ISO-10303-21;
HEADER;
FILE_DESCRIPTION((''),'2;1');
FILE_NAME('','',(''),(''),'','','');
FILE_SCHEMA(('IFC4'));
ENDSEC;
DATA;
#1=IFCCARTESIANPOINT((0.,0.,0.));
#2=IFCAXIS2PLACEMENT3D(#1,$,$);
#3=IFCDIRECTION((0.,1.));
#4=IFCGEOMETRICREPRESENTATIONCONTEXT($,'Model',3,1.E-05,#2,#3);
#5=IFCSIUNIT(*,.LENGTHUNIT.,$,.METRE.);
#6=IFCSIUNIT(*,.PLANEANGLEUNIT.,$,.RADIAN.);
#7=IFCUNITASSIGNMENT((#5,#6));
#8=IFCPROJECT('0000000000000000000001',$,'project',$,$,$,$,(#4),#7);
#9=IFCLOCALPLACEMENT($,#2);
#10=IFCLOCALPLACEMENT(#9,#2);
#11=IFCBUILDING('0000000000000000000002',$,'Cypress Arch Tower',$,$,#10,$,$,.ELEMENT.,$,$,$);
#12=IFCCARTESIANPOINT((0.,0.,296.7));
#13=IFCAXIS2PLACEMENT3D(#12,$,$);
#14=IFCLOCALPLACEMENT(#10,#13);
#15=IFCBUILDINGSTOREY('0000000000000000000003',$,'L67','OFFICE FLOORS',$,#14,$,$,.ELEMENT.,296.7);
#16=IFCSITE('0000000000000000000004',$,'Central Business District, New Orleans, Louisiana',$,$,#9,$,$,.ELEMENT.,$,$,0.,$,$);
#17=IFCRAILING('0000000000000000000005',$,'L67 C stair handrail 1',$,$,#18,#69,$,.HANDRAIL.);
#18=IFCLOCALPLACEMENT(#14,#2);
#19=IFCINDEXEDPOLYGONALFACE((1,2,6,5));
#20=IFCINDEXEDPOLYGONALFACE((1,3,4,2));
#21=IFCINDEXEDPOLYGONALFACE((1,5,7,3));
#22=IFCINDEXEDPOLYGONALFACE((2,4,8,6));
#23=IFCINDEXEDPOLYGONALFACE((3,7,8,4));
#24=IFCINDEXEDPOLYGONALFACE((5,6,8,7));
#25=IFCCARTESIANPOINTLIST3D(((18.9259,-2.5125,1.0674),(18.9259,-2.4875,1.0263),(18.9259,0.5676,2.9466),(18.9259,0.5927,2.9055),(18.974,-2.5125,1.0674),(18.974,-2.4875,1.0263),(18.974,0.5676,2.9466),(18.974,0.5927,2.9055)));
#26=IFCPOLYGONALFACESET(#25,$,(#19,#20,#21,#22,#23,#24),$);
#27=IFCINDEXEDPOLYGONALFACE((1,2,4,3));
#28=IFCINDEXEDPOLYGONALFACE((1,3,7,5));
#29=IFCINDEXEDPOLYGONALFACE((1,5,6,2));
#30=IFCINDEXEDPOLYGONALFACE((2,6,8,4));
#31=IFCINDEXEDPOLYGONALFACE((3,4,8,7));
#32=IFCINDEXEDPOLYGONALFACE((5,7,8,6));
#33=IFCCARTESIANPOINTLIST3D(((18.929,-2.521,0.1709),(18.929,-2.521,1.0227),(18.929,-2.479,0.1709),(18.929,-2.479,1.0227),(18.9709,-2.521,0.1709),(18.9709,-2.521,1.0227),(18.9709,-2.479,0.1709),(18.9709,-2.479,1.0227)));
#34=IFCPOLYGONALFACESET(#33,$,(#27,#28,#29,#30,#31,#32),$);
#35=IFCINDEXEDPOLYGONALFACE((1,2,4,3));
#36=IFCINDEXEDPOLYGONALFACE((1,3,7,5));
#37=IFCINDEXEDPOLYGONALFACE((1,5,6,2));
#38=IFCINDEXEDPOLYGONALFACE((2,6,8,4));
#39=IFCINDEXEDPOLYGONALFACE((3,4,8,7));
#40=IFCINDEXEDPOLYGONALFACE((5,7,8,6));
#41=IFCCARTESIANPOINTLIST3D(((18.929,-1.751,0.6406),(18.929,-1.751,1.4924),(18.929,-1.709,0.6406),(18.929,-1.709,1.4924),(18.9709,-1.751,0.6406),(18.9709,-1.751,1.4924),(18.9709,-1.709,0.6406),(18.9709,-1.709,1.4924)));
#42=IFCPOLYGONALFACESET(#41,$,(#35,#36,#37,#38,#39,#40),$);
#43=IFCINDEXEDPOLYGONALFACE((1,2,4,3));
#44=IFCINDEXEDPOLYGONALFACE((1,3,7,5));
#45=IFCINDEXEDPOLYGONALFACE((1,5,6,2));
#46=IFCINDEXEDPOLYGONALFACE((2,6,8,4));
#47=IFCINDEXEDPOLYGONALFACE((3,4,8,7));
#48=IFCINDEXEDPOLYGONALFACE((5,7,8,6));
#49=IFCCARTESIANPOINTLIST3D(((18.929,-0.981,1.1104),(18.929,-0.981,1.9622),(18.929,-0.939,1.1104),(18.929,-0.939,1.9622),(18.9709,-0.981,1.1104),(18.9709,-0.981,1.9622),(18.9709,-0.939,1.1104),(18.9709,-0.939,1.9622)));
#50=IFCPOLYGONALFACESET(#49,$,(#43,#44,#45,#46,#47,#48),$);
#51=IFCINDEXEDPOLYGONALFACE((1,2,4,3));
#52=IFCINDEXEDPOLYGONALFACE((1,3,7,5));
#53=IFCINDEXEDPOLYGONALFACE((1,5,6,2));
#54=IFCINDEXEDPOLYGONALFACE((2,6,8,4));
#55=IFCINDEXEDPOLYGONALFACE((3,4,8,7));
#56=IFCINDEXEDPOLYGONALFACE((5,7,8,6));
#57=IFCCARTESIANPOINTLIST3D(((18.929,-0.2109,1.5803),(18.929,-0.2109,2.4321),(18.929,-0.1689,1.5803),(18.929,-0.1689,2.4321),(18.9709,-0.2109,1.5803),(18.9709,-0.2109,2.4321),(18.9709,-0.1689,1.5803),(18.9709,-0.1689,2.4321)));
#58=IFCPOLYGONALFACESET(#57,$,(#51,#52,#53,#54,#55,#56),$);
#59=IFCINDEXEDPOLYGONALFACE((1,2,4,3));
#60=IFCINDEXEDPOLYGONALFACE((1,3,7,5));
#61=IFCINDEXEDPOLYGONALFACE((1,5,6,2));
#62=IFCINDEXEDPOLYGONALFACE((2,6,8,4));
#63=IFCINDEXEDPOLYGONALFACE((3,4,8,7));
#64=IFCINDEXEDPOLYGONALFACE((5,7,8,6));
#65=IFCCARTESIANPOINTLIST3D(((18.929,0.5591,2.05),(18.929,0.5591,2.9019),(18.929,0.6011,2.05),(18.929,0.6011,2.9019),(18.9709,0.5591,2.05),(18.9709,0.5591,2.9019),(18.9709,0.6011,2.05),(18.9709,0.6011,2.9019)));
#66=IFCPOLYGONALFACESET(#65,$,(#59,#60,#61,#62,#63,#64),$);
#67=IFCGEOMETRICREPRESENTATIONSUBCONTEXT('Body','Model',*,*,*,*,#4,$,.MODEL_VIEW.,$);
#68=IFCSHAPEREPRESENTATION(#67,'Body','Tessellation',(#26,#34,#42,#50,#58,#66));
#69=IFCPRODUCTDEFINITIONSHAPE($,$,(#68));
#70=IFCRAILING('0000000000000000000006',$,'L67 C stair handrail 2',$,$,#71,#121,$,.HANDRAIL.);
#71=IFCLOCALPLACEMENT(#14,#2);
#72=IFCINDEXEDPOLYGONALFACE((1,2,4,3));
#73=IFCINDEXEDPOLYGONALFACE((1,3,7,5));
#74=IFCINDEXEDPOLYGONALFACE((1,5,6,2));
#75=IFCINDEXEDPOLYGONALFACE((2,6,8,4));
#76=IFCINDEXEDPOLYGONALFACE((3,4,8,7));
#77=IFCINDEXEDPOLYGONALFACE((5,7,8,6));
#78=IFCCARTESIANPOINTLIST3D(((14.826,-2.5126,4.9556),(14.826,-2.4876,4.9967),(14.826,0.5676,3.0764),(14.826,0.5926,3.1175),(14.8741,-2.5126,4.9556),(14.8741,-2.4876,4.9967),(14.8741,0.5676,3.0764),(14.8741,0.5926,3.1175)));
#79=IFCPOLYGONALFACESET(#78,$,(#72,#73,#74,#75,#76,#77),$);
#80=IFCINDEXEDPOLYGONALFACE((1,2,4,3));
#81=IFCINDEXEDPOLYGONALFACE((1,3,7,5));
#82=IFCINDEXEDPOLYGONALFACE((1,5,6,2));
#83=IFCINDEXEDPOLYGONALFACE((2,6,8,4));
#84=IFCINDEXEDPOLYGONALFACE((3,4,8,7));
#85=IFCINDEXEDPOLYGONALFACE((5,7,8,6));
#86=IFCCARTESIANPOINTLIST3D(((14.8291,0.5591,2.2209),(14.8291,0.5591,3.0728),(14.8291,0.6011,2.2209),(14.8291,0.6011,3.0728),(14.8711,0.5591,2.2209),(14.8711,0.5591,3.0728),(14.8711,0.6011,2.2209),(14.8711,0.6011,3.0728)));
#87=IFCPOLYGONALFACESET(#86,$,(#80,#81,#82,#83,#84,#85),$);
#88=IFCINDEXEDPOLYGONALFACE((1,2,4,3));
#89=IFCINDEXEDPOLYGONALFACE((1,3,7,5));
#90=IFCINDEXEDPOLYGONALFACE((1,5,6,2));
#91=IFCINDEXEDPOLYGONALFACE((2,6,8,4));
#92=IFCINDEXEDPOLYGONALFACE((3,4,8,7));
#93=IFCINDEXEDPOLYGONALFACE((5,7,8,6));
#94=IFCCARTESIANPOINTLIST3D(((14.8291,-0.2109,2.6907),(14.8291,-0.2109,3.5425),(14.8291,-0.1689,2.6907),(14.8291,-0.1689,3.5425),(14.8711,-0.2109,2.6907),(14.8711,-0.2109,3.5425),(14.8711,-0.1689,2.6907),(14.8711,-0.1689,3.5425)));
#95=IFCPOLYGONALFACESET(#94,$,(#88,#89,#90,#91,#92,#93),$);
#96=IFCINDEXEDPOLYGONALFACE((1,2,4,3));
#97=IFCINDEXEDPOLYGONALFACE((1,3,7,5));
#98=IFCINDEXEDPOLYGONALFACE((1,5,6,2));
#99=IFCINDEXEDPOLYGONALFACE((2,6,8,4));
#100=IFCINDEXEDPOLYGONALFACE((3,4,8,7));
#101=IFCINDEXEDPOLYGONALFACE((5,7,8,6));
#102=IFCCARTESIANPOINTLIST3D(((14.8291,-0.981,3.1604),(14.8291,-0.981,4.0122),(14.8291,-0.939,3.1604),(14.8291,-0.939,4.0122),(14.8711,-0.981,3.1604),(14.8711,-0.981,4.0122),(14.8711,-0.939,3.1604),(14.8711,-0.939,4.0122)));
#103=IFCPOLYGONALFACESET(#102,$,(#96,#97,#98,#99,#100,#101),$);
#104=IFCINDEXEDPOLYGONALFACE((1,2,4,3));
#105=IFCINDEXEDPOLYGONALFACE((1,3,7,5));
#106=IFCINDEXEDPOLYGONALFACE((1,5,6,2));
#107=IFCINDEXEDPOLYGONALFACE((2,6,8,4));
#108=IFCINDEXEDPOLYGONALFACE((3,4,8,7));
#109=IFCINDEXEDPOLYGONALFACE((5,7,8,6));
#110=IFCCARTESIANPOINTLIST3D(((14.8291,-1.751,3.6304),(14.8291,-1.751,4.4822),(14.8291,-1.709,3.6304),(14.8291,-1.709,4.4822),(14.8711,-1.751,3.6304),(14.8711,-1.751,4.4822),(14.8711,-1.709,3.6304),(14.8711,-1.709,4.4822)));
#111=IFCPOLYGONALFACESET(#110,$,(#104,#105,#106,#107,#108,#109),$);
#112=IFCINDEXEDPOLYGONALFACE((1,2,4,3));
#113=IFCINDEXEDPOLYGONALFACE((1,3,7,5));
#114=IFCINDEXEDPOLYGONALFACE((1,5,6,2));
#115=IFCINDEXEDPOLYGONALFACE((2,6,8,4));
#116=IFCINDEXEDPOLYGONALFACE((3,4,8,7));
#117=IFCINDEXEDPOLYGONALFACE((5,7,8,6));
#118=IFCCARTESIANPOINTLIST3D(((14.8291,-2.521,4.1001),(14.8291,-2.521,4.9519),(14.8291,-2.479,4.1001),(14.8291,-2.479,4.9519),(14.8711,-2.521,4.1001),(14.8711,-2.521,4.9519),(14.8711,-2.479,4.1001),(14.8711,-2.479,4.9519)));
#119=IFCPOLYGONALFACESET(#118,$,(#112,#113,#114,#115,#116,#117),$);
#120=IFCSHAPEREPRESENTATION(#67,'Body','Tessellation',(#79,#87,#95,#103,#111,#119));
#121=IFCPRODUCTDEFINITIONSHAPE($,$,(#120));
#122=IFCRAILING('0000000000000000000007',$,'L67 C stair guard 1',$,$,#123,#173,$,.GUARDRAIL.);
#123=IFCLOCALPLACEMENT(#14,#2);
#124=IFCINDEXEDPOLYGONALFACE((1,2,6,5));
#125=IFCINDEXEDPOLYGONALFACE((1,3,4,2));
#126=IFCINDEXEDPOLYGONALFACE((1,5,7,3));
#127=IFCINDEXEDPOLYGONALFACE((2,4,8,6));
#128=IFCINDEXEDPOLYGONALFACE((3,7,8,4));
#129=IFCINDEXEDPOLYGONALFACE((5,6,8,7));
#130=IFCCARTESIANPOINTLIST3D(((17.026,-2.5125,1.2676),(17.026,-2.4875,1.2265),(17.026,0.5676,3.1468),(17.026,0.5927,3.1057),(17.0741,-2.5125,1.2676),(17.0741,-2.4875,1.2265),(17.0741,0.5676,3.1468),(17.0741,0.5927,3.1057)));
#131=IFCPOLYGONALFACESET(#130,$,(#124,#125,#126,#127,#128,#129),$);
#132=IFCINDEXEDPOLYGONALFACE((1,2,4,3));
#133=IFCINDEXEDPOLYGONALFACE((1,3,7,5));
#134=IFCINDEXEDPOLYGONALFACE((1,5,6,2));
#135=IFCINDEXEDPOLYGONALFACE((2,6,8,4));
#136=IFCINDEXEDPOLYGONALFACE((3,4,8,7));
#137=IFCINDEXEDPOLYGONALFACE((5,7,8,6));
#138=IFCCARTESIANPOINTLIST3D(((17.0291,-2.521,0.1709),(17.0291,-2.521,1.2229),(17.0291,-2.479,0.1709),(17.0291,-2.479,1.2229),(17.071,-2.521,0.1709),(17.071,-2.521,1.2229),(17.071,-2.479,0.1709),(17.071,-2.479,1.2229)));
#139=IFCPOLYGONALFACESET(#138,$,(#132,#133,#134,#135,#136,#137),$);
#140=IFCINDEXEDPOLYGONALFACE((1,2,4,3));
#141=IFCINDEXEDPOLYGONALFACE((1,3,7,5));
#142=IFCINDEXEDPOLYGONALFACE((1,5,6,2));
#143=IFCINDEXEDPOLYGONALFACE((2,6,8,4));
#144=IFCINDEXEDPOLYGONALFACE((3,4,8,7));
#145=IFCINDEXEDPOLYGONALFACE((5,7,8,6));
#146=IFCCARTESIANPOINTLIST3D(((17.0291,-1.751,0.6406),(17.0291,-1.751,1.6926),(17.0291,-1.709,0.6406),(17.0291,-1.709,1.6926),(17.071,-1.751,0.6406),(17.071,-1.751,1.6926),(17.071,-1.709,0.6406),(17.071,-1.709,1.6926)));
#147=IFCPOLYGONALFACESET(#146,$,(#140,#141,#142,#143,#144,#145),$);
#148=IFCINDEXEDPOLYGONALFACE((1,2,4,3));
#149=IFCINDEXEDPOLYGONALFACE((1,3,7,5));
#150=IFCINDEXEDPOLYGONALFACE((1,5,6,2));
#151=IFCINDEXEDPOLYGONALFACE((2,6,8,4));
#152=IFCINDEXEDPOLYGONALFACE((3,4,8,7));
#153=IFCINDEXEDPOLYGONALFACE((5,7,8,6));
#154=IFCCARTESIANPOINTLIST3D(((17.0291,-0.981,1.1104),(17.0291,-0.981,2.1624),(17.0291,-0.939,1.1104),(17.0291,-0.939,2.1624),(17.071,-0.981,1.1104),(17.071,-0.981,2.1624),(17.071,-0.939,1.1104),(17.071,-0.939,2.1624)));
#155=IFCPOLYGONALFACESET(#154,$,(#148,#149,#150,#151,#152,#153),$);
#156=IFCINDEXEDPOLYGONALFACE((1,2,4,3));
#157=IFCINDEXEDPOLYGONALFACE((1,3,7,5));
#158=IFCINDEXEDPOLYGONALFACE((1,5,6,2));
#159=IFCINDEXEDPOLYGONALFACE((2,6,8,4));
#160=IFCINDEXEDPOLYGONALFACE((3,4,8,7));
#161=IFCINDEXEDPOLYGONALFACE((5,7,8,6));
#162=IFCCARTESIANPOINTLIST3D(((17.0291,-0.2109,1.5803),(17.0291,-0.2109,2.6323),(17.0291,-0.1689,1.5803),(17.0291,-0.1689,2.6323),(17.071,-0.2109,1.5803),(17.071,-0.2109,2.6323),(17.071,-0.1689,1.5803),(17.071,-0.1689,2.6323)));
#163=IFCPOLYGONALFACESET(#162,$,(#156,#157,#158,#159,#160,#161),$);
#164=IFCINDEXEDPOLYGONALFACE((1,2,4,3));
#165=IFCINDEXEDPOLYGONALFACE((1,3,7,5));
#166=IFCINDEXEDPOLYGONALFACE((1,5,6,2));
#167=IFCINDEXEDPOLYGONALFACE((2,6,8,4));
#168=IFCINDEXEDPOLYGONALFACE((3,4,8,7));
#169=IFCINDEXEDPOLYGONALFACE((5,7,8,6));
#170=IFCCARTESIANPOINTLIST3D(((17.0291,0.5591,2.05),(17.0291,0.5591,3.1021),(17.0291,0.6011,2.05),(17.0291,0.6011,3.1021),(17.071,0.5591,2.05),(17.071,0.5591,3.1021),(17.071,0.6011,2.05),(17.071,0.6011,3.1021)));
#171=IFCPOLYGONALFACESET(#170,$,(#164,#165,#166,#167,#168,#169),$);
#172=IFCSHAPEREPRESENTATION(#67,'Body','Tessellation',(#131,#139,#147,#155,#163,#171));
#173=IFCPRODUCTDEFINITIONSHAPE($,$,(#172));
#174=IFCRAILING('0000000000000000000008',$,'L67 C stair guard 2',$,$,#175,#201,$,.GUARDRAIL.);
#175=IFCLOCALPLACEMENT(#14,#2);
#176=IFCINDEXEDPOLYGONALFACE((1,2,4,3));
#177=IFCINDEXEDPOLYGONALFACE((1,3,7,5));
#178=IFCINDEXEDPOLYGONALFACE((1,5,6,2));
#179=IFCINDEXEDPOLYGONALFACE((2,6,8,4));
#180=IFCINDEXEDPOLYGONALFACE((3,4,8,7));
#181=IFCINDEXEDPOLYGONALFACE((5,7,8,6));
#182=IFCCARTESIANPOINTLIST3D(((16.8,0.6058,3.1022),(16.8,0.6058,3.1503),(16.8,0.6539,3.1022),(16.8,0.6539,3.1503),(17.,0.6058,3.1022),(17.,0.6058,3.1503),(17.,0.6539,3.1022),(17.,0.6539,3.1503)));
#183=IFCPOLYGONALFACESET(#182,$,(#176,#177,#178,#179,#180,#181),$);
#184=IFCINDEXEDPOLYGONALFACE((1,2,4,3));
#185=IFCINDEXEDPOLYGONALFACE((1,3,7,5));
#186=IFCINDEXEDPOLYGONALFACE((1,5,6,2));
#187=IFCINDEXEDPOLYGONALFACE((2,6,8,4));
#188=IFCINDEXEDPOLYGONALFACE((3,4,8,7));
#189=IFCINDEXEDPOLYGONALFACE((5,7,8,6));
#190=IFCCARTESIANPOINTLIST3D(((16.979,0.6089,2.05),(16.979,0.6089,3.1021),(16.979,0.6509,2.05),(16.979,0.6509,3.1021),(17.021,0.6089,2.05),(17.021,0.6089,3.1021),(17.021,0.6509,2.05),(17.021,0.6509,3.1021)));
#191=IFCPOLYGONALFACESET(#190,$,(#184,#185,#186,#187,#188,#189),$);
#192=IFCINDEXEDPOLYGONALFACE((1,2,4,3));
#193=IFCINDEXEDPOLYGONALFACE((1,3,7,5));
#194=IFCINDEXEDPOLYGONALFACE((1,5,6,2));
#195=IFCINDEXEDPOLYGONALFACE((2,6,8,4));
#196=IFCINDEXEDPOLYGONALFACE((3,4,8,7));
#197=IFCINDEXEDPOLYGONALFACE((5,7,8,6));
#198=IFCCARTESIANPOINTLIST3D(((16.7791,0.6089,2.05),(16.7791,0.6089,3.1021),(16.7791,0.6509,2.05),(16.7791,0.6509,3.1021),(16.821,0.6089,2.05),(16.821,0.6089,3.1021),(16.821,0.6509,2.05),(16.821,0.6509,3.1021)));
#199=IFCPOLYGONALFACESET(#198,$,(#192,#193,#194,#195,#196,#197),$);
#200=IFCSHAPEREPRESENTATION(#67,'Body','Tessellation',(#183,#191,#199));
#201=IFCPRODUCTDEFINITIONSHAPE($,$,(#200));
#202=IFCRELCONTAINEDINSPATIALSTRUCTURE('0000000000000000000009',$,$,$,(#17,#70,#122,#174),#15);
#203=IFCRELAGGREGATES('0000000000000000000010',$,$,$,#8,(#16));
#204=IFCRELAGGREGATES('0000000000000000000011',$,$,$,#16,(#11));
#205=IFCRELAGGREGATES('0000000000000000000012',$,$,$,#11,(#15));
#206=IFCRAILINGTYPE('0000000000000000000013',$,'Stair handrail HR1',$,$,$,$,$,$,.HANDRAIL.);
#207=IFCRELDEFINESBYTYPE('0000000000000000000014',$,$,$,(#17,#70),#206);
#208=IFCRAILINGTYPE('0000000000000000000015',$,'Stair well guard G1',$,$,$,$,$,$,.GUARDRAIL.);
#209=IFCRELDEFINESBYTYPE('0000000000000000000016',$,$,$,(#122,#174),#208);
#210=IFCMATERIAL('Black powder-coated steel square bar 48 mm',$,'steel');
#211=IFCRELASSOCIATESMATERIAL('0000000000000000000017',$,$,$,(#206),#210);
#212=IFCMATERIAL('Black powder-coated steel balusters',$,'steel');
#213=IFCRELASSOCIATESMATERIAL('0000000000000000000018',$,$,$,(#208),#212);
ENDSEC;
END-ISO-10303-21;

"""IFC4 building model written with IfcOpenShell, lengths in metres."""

from ifc_helpers import new_model, si_unit, direction, frame, origin, origin_2d, place, context, subcontext, project, spatial, rectangle, extrude, material, type_object, element, save


model = new_model("IFC4")

# Units and contexts
model_context = context("Model", 3, precision=1e-05, world=origin(), true_north=direction((0.0, 1.0)))
body_context = subcontext(model_context, "Body", "Model", "MODEL_VIEW")
ifc_project = project(units=[si_unit("LENGTHUNIT", "METRE"), si_unit("PLANEANGLEUNIT", "RADIAN")], contexts=[model_context])

# Site, building, storey
site_placement = place(None, origin())
site = spatial("IfcSite", under=ifc_project, at=site_placement, Name="Central Business District, New Orleans, Louisiana", CompositionType="ELEMENT", RefElevation=0.0)
building_placement = place(site_placement, origin())
building = spatial("IfcBuilding", under=site, at=building_placement, Name="Cypress Arch Tower", CompositionType="ELEMENT")
storey_placement = place(building_placement, frame((0.0, 0.0, 296.7)))
storey = spatial("IfcBuildingStorey", under=building, at=storey_placement, Name="L67", Description="OFFICE FLOORS", CompositionType="ELEMENT", Elevation=296.7)

# Railings
ifc_material_1 = material(Name="Black powder-coated steel square bar 48 mm", Category="steel")
railing_type_1 = type_object("IfcRailingType", Name="Stair handrail HR1", PredefinedType="HANDRAIL", material=ifc_material_1)
railing_1_placement = place(storey_placement, frame((18.95, -2.5, 0.1709)))
element("IfcRailing", 1, at=railing_1_placement, inside=storey, type_object=railing_type_1, Name="L67 C stair handrail 1", PredefinedType="HANDRAIL", context=body_context, shape_type="SweptSolid", body=[
    extrude(rectangle(XDim=0.0481, YDim=0.0481, at=origin_2d()), frame((0.0, 0.0, 0.876), z_axis=(0.0, 0.853666, 0.52082), x_axis=(-1.0, 0.0, 0.0)), (0.0, 0.0, 1.0), 3.6082),
    extrude(rectangle(XDim=0.042, YDim=0.042, at=origin_2d()), origin(), (0.0, 0.0, 1.0), 0.8518),
    extrude(rectangle(XDim=0.042, YDim=0.042, at=origin_2d()), frame((0.0, 0.77, 0.4697)), (0.0, 0.0, 1.0), 0.8518),
    extrude(rectangle(XDim=0.042, YDim=0.042, at=origin_2d()), frame((0.0, 1.54, 0.9395)), (0.0, 0.0, 1.0), 0.8518),
    extrude(rectangle(XDim=0.042, YDim=0.042, at=origin_2d()), frame((0.0, 2.3101, 1.4094)), (0.0, 0.0, 1.0), 0.8518),
    extrude(rectangle(XDim=0.042, YDim=0.042, at=origin_2d()), frame((0.0, 3.0801, 1.8792)), (0.0, 0.0, 1.0), 0.8518),
])
railing_2_placement = place(storey_placement, frame((14.8501, 0.5801, 2.2209)))
element("IfcRailing", 2, at=railing_2_placement, inside=storey, type_object=railing_type_1, Name="L67 C stair handrail 2", PredefinedType="HANDRAIL", context=body_context, shape_type="SweptSolid", body=[
    extrude(rectangle(XDim=0.0481, YDim=0.0481, at=origin_2d()), frame((0.0, 0.0, 0.876), z_axis=(0.0, -0.853666, 0.52082), x_axis=(1.0, 0.0, 0.0)), (0.0, 0.0, 1.0), 3.6082),
    extrude(rectangle(XDim=0.042, YDim=0.042, at=origin_2d()), origin(), (0.0, 0.0, 1.0), 0.8518),
    extrude(rectangle(XDim=0.042, YDim=0.042, at=origin_2d()), frame((0.0, -0.77, 0.4697)), (0.0, 0.0, 1.0), 0.8518),
    extrude(rectangle(XDim=0.042, YDim=0.042, at=origin_2d()), frame((0.0, -1.54, 0.9395)), (0.0, 0.0, 1.0), 0.8518),
    extrude(rectangle(XDim=0.042, YDim=0.042, at=origin_2d()), frame((0.0, -2.3101, 1.4094)), (0.0, 0.0, 1.0), 0.8518),
    extrude(rectangle(XDim=0.042, YDim=0.042, at=origin_2d()), frame((0.0, -3.0801, 1.8792)), (0.0, 0.0, 1.0), 0.8518),
])
ifc_material_2 = material(Name="Black powder-coated steel balusters", Category="steel")
railing_type_2 = type_object("IfcRailingType", Name="Stair well guard G1", PredefinedType="GUARDRAIL", material=ifc_material_2)
railing_3_placement = place(storey_placement, frame((17.05, -2.5, 0.1709)))
element("IfcRailing", 3, at=railing_3_placement, inside=storey, type_object=railing_type_2, Name="L67 C stair guard 1", PredefinedType="GUARDRAIL", context=body_context, shape_type="SweptSolid", body=[
    extrude(rectangle(XDim=0.0481, YDim=0.0481, at=origin_2d()), frame((0.0, 0.0, 1.0762), z_axis=(0.0, 0.853666, 0.52082), x_axis=(-1.0, 0.0, 0.0)), (0.0, 0.0, 1.0), 3.6082),
    extrude(rectangle(XDim=0.042, YDim=0.042, at=origin_2d()), origin(), (0.0, 0.0, 1.0), 1.052),
    extrude(rectangle(XDim=0.042, YDim=0.042, at=origin_2d()), frame((0.0, 0.77, 0.4697)), (0.0, 0.0, 1.0), 1.052),
    extrude(rectangle(XDim=0.042, YDim=0.042, at=origin_2d()), frame((0.0, 1.54, 0.9395)), (0.0, 0.0, 1.0), 1.052),
    extrude(rectangle(XDim=0.042, YDim=0.042, at=origin_2d()), frame((0.0, 2.3101, 1.4094)), (0.0, 0.0, 1.0), 1.052),
    extrude(rectangle(XDim=0.042, YDim=0.042, at=origin_2d()), frame((0.0, 3.0801, 1.8792)), (0.0, 0.0, 1.0), 1.052),
])
railing_4_placement = place(storey_placement, frame((17.0, 0.6299, 2.05)))
element("IfcRailing", 4, at=railing_4_placement, inside=storey, type_object=railing_type_2, Name="L67 C stair guard 2", PredefinedType="GUARDRAIL", context=body_context, shape_type="SweptSolid", body=[
    extrude(rectangle(XDim=0.0481, YDim=0.0481, at=origin_2d()), frame((0.0, 0.0, 1.0762), z_axis=(-1.0, 0.0, 0.0), x_axis=(0.0, -1.0, 0.0)), (0.0, 0.0, 1.0), 0.2),
    extrude(rectangle(XDim=0.042, YDim=0.042, at=origin_2d()), origin(), (0.0, 0.0, 1.0), 1.052),
    extrude(rectangle(XDim=0.042, YDim=0.042, at=origin_2d()), frame((-0.2, 0.0, 0.0)), (0.0, 0.0, 1.0), 1.052),
])

save(model, "model.ifc")
